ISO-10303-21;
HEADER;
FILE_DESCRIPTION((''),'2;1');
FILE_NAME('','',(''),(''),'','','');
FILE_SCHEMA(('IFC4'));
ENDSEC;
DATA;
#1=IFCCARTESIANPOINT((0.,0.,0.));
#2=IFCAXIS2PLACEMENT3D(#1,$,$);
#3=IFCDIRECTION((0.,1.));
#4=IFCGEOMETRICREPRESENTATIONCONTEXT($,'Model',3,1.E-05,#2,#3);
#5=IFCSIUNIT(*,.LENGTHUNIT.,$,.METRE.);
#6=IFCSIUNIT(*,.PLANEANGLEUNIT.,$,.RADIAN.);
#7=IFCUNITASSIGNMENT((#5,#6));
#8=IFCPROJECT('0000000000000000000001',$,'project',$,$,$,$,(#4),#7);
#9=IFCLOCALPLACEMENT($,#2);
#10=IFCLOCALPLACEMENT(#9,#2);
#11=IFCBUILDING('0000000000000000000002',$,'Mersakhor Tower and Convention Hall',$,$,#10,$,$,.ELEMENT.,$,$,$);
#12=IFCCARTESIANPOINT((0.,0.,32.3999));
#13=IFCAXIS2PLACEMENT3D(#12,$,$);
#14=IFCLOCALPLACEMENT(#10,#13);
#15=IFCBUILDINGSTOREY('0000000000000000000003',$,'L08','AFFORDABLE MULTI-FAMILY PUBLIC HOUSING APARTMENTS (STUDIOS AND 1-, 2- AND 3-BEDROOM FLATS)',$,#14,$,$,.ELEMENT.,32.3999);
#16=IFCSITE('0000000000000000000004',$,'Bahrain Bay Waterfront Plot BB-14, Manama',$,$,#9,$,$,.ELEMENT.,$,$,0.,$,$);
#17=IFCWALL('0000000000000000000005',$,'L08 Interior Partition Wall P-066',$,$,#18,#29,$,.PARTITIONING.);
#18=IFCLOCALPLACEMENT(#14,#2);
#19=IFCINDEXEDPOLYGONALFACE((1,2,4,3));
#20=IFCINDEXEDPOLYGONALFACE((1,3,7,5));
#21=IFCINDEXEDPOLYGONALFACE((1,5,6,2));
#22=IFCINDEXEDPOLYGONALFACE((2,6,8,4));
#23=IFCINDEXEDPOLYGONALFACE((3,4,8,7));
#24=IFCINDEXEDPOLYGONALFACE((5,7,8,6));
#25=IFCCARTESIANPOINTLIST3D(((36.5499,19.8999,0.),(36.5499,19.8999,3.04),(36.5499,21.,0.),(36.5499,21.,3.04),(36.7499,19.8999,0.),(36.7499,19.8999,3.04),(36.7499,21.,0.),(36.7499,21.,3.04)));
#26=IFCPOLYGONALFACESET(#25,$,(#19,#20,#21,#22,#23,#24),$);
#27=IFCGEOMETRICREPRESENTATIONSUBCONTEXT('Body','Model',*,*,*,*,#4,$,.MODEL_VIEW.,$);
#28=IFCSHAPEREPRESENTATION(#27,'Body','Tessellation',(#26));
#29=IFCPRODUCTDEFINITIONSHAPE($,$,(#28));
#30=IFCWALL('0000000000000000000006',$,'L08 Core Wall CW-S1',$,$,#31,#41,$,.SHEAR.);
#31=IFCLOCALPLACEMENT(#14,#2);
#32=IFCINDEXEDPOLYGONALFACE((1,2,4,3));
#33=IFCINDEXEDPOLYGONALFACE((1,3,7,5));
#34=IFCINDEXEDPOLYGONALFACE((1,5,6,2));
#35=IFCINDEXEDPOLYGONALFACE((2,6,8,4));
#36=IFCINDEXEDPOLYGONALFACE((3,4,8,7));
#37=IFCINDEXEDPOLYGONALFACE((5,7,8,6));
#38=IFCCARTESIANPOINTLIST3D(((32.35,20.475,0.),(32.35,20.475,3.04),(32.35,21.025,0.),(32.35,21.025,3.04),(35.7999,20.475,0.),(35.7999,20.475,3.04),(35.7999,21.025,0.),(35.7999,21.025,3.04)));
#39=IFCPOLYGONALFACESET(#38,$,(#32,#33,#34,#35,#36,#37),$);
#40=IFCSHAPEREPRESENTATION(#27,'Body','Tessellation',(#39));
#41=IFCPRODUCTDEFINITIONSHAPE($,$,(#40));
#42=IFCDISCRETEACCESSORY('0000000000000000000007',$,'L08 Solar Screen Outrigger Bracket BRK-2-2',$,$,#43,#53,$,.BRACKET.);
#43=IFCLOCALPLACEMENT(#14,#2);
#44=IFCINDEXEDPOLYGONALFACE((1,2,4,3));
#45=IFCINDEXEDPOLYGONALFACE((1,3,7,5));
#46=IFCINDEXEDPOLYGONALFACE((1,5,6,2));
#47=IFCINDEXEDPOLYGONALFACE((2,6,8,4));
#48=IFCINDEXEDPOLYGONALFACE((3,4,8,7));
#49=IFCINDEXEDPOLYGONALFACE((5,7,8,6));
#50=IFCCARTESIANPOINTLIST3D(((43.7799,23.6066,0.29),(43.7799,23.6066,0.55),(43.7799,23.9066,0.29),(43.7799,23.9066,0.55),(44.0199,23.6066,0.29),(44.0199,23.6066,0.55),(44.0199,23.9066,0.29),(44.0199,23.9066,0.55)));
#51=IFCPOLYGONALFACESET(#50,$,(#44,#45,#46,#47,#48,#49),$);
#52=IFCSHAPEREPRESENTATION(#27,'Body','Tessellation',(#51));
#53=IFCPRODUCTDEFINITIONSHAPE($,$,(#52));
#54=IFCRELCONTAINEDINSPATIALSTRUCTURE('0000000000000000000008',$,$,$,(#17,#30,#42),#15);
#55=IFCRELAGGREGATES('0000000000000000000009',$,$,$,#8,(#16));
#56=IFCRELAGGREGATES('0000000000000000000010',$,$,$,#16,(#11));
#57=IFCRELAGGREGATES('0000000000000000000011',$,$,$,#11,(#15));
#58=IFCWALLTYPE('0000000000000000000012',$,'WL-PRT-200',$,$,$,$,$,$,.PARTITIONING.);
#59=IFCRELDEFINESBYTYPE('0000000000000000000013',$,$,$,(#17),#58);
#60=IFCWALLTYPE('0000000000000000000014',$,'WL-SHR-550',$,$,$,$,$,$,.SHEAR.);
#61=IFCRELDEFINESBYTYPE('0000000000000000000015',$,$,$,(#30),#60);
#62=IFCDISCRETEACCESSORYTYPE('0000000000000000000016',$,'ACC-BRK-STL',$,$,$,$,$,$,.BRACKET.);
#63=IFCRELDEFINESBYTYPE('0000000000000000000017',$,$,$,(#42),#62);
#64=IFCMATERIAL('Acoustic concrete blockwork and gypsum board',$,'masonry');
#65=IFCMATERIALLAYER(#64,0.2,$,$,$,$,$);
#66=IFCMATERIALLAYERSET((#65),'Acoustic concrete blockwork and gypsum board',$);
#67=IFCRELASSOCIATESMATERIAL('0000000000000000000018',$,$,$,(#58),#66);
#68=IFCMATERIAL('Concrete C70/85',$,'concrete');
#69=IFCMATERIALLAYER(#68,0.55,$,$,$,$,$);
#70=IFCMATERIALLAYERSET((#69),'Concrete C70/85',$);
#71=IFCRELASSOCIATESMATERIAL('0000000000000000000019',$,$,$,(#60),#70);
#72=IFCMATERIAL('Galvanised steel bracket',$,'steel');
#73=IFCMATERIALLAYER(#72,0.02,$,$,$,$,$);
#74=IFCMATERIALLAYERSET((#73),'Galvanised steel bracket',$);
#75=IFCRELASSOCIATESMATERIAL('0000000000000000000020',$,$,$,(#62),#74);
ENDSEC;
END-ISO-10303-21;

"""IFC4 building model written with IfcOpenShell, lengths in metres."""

from ifc_helpers import new_model, si_unit, direction, frame, frame_2d, origin, origin_2d, place, context, subcontext, project, spatial, rectangle, extrude, material, layer, layer_set, type_object, element, save


model = new_model("IFC4")

# Units and contexts
model_context = context("Model", 3, precision=1e-05, world=origin(), true_north=direction((0.0, 1.0)))
body_context = subcontext(model_context, "Body", "Model", "MODEL_VIEW")
ifc_project = project(units=[si_unit("LENGTHUNIT", "METRE"), si_unit("PLANEANGLEUNIT", "RADIAN")], contexts=[model_context])

# Site, building, storey
site_placement = place(None, origin())
site = spatial("IfcSite", under=ifc_project, at=site_placement, Name="Bahrain Bay Waterfront Plot BB-14, Manama", CompositionType="ELEMENT", RefElevation=0.0)
building_placement = place(site_placement, origin())
building = spatial("IfcBuilding", under=site, at=building_placement, Name="Mersakhor Tower and Convention Hall", CompositionType="ELEMENT")
storey_placement = place(building_placement, frame((0.0, 0.0, 32.3999)))
storey = spatial("IfcBuildingStorey", under=building, at=storey_placement, Name="L08", Description="AFFORDABLE MULTI-FAMILY PUBLIC HOUSING APARTMENTS (STUDIOS AND 1-, 2- AND 3-BEDROOM FLATS)", CompositionType="ELEMENT", Elevation=32.3999)

# Walls
ifc_material_1 = material(Name="Acoustic concrete blockwork and gypsum board", Category="masonry")
ifc_layer_1 = layer(ifc_material_1, 0.2)
ifc_layer_set_1 = layer_set([ifc_layer_1], Name="Acoustic concrete blockwork and gypsum board")
wall_type_1 = type_object("IfcWallType", Name="WL-PRT-200", PredefinedType="PARTITIONING", material=ifc_layer_set_1)
wall_1_placement = place(storey_placement, frame((36.6499, 19.8999, 0.0), z_axis=(0.0, 0.0, 1.0), x_axis=(0.0, 1.0, 0.0)))
element("IfcWall", 1, at=wall_1_placement, inside=storey, type_object=wall_type_1, Name="L08 Interior Partition Wall P-066", PredefinedType="PARTITIONING", context=body_context, shape_type="SweptSolid", body=[
    extrude(rectangle(XDim=1.1001, YDim=0.2, at=frame_2d((0.55, 0.0))), origin(), (0.0, 0.0, 1.0), 3.04),
])
ifc_material_2 = material(Name="Concrete C70/85", Category="concrete")
ifc_layer_2 = layer(ifc_material_2, 0.55)
ifc_layer_set_2 = layer_set([ifc_layer_2], Name="Concrete C70/85")
wall_type_2 = type_object("IfcWallType", Name="WL-SHR-550", PredefinedType="SHEAR", material=ifc_layer_set_2)
wall_2_placement = place(storey_placement, frame((35.8, 20.75, 0.0), z_axis=(0.0, 0.0, 1.0), x_axis=(-1.0, 0.0, 0.0)))
element("IfcWall", 2, at=wall_2_placement, inside=storey, type_object=wall_type_2, Name="L08 Core Wall CW-S1", PredefinedType="SHEAR", context=body_context, shape_type="SweptSolid", body=[
    extrude(rectangle(XDim=3.45, YDim=0.55, at=frame_2d((1.7251, 0.0))), origin(), (0.0, 0.0, 1.0), 3.04),
])

# Discrete accessory
ifc_material_3 = material(Name="Galvanised steel bracket", Category="steel")
ifc_layer_3 = layer(ifc_material_3, 0.02)
ifc_layer_set_3 = layer_set([ifc_layer_3], Name="Galvanised steel bracket")
discrete_accessory_type = type_object("IfcDiscreteAccessoryType", Name="ACC-BRK-STL", PredefinedType="BRACKET", material=ifc_layer_set_3)
discrete_accessory_placement = place(storey_placement, frame((43.8999, 23.7566, 0.29), z_axis=(0.0, 0.0, 1.0), x_axis=(0.0, -1.0, 0.0)))
element("IfcDiscreteAccessory", 3, at=discrete_accessory_placement, inside=storey, type_object=discrete_accessory_type, Name="L08 Solar Screen Outrigger Bracket BRK-2-2", PredefinedType="BRACKET", context=body_context, shape_type="SweptSolid", body=[
    extrude(rectangle(XDim=0.3, YDim=0.24, at=origin_2d()), origin(), (0.0, 0.0, 1.0), 0.26),
])

save(model, "model.ifc")
